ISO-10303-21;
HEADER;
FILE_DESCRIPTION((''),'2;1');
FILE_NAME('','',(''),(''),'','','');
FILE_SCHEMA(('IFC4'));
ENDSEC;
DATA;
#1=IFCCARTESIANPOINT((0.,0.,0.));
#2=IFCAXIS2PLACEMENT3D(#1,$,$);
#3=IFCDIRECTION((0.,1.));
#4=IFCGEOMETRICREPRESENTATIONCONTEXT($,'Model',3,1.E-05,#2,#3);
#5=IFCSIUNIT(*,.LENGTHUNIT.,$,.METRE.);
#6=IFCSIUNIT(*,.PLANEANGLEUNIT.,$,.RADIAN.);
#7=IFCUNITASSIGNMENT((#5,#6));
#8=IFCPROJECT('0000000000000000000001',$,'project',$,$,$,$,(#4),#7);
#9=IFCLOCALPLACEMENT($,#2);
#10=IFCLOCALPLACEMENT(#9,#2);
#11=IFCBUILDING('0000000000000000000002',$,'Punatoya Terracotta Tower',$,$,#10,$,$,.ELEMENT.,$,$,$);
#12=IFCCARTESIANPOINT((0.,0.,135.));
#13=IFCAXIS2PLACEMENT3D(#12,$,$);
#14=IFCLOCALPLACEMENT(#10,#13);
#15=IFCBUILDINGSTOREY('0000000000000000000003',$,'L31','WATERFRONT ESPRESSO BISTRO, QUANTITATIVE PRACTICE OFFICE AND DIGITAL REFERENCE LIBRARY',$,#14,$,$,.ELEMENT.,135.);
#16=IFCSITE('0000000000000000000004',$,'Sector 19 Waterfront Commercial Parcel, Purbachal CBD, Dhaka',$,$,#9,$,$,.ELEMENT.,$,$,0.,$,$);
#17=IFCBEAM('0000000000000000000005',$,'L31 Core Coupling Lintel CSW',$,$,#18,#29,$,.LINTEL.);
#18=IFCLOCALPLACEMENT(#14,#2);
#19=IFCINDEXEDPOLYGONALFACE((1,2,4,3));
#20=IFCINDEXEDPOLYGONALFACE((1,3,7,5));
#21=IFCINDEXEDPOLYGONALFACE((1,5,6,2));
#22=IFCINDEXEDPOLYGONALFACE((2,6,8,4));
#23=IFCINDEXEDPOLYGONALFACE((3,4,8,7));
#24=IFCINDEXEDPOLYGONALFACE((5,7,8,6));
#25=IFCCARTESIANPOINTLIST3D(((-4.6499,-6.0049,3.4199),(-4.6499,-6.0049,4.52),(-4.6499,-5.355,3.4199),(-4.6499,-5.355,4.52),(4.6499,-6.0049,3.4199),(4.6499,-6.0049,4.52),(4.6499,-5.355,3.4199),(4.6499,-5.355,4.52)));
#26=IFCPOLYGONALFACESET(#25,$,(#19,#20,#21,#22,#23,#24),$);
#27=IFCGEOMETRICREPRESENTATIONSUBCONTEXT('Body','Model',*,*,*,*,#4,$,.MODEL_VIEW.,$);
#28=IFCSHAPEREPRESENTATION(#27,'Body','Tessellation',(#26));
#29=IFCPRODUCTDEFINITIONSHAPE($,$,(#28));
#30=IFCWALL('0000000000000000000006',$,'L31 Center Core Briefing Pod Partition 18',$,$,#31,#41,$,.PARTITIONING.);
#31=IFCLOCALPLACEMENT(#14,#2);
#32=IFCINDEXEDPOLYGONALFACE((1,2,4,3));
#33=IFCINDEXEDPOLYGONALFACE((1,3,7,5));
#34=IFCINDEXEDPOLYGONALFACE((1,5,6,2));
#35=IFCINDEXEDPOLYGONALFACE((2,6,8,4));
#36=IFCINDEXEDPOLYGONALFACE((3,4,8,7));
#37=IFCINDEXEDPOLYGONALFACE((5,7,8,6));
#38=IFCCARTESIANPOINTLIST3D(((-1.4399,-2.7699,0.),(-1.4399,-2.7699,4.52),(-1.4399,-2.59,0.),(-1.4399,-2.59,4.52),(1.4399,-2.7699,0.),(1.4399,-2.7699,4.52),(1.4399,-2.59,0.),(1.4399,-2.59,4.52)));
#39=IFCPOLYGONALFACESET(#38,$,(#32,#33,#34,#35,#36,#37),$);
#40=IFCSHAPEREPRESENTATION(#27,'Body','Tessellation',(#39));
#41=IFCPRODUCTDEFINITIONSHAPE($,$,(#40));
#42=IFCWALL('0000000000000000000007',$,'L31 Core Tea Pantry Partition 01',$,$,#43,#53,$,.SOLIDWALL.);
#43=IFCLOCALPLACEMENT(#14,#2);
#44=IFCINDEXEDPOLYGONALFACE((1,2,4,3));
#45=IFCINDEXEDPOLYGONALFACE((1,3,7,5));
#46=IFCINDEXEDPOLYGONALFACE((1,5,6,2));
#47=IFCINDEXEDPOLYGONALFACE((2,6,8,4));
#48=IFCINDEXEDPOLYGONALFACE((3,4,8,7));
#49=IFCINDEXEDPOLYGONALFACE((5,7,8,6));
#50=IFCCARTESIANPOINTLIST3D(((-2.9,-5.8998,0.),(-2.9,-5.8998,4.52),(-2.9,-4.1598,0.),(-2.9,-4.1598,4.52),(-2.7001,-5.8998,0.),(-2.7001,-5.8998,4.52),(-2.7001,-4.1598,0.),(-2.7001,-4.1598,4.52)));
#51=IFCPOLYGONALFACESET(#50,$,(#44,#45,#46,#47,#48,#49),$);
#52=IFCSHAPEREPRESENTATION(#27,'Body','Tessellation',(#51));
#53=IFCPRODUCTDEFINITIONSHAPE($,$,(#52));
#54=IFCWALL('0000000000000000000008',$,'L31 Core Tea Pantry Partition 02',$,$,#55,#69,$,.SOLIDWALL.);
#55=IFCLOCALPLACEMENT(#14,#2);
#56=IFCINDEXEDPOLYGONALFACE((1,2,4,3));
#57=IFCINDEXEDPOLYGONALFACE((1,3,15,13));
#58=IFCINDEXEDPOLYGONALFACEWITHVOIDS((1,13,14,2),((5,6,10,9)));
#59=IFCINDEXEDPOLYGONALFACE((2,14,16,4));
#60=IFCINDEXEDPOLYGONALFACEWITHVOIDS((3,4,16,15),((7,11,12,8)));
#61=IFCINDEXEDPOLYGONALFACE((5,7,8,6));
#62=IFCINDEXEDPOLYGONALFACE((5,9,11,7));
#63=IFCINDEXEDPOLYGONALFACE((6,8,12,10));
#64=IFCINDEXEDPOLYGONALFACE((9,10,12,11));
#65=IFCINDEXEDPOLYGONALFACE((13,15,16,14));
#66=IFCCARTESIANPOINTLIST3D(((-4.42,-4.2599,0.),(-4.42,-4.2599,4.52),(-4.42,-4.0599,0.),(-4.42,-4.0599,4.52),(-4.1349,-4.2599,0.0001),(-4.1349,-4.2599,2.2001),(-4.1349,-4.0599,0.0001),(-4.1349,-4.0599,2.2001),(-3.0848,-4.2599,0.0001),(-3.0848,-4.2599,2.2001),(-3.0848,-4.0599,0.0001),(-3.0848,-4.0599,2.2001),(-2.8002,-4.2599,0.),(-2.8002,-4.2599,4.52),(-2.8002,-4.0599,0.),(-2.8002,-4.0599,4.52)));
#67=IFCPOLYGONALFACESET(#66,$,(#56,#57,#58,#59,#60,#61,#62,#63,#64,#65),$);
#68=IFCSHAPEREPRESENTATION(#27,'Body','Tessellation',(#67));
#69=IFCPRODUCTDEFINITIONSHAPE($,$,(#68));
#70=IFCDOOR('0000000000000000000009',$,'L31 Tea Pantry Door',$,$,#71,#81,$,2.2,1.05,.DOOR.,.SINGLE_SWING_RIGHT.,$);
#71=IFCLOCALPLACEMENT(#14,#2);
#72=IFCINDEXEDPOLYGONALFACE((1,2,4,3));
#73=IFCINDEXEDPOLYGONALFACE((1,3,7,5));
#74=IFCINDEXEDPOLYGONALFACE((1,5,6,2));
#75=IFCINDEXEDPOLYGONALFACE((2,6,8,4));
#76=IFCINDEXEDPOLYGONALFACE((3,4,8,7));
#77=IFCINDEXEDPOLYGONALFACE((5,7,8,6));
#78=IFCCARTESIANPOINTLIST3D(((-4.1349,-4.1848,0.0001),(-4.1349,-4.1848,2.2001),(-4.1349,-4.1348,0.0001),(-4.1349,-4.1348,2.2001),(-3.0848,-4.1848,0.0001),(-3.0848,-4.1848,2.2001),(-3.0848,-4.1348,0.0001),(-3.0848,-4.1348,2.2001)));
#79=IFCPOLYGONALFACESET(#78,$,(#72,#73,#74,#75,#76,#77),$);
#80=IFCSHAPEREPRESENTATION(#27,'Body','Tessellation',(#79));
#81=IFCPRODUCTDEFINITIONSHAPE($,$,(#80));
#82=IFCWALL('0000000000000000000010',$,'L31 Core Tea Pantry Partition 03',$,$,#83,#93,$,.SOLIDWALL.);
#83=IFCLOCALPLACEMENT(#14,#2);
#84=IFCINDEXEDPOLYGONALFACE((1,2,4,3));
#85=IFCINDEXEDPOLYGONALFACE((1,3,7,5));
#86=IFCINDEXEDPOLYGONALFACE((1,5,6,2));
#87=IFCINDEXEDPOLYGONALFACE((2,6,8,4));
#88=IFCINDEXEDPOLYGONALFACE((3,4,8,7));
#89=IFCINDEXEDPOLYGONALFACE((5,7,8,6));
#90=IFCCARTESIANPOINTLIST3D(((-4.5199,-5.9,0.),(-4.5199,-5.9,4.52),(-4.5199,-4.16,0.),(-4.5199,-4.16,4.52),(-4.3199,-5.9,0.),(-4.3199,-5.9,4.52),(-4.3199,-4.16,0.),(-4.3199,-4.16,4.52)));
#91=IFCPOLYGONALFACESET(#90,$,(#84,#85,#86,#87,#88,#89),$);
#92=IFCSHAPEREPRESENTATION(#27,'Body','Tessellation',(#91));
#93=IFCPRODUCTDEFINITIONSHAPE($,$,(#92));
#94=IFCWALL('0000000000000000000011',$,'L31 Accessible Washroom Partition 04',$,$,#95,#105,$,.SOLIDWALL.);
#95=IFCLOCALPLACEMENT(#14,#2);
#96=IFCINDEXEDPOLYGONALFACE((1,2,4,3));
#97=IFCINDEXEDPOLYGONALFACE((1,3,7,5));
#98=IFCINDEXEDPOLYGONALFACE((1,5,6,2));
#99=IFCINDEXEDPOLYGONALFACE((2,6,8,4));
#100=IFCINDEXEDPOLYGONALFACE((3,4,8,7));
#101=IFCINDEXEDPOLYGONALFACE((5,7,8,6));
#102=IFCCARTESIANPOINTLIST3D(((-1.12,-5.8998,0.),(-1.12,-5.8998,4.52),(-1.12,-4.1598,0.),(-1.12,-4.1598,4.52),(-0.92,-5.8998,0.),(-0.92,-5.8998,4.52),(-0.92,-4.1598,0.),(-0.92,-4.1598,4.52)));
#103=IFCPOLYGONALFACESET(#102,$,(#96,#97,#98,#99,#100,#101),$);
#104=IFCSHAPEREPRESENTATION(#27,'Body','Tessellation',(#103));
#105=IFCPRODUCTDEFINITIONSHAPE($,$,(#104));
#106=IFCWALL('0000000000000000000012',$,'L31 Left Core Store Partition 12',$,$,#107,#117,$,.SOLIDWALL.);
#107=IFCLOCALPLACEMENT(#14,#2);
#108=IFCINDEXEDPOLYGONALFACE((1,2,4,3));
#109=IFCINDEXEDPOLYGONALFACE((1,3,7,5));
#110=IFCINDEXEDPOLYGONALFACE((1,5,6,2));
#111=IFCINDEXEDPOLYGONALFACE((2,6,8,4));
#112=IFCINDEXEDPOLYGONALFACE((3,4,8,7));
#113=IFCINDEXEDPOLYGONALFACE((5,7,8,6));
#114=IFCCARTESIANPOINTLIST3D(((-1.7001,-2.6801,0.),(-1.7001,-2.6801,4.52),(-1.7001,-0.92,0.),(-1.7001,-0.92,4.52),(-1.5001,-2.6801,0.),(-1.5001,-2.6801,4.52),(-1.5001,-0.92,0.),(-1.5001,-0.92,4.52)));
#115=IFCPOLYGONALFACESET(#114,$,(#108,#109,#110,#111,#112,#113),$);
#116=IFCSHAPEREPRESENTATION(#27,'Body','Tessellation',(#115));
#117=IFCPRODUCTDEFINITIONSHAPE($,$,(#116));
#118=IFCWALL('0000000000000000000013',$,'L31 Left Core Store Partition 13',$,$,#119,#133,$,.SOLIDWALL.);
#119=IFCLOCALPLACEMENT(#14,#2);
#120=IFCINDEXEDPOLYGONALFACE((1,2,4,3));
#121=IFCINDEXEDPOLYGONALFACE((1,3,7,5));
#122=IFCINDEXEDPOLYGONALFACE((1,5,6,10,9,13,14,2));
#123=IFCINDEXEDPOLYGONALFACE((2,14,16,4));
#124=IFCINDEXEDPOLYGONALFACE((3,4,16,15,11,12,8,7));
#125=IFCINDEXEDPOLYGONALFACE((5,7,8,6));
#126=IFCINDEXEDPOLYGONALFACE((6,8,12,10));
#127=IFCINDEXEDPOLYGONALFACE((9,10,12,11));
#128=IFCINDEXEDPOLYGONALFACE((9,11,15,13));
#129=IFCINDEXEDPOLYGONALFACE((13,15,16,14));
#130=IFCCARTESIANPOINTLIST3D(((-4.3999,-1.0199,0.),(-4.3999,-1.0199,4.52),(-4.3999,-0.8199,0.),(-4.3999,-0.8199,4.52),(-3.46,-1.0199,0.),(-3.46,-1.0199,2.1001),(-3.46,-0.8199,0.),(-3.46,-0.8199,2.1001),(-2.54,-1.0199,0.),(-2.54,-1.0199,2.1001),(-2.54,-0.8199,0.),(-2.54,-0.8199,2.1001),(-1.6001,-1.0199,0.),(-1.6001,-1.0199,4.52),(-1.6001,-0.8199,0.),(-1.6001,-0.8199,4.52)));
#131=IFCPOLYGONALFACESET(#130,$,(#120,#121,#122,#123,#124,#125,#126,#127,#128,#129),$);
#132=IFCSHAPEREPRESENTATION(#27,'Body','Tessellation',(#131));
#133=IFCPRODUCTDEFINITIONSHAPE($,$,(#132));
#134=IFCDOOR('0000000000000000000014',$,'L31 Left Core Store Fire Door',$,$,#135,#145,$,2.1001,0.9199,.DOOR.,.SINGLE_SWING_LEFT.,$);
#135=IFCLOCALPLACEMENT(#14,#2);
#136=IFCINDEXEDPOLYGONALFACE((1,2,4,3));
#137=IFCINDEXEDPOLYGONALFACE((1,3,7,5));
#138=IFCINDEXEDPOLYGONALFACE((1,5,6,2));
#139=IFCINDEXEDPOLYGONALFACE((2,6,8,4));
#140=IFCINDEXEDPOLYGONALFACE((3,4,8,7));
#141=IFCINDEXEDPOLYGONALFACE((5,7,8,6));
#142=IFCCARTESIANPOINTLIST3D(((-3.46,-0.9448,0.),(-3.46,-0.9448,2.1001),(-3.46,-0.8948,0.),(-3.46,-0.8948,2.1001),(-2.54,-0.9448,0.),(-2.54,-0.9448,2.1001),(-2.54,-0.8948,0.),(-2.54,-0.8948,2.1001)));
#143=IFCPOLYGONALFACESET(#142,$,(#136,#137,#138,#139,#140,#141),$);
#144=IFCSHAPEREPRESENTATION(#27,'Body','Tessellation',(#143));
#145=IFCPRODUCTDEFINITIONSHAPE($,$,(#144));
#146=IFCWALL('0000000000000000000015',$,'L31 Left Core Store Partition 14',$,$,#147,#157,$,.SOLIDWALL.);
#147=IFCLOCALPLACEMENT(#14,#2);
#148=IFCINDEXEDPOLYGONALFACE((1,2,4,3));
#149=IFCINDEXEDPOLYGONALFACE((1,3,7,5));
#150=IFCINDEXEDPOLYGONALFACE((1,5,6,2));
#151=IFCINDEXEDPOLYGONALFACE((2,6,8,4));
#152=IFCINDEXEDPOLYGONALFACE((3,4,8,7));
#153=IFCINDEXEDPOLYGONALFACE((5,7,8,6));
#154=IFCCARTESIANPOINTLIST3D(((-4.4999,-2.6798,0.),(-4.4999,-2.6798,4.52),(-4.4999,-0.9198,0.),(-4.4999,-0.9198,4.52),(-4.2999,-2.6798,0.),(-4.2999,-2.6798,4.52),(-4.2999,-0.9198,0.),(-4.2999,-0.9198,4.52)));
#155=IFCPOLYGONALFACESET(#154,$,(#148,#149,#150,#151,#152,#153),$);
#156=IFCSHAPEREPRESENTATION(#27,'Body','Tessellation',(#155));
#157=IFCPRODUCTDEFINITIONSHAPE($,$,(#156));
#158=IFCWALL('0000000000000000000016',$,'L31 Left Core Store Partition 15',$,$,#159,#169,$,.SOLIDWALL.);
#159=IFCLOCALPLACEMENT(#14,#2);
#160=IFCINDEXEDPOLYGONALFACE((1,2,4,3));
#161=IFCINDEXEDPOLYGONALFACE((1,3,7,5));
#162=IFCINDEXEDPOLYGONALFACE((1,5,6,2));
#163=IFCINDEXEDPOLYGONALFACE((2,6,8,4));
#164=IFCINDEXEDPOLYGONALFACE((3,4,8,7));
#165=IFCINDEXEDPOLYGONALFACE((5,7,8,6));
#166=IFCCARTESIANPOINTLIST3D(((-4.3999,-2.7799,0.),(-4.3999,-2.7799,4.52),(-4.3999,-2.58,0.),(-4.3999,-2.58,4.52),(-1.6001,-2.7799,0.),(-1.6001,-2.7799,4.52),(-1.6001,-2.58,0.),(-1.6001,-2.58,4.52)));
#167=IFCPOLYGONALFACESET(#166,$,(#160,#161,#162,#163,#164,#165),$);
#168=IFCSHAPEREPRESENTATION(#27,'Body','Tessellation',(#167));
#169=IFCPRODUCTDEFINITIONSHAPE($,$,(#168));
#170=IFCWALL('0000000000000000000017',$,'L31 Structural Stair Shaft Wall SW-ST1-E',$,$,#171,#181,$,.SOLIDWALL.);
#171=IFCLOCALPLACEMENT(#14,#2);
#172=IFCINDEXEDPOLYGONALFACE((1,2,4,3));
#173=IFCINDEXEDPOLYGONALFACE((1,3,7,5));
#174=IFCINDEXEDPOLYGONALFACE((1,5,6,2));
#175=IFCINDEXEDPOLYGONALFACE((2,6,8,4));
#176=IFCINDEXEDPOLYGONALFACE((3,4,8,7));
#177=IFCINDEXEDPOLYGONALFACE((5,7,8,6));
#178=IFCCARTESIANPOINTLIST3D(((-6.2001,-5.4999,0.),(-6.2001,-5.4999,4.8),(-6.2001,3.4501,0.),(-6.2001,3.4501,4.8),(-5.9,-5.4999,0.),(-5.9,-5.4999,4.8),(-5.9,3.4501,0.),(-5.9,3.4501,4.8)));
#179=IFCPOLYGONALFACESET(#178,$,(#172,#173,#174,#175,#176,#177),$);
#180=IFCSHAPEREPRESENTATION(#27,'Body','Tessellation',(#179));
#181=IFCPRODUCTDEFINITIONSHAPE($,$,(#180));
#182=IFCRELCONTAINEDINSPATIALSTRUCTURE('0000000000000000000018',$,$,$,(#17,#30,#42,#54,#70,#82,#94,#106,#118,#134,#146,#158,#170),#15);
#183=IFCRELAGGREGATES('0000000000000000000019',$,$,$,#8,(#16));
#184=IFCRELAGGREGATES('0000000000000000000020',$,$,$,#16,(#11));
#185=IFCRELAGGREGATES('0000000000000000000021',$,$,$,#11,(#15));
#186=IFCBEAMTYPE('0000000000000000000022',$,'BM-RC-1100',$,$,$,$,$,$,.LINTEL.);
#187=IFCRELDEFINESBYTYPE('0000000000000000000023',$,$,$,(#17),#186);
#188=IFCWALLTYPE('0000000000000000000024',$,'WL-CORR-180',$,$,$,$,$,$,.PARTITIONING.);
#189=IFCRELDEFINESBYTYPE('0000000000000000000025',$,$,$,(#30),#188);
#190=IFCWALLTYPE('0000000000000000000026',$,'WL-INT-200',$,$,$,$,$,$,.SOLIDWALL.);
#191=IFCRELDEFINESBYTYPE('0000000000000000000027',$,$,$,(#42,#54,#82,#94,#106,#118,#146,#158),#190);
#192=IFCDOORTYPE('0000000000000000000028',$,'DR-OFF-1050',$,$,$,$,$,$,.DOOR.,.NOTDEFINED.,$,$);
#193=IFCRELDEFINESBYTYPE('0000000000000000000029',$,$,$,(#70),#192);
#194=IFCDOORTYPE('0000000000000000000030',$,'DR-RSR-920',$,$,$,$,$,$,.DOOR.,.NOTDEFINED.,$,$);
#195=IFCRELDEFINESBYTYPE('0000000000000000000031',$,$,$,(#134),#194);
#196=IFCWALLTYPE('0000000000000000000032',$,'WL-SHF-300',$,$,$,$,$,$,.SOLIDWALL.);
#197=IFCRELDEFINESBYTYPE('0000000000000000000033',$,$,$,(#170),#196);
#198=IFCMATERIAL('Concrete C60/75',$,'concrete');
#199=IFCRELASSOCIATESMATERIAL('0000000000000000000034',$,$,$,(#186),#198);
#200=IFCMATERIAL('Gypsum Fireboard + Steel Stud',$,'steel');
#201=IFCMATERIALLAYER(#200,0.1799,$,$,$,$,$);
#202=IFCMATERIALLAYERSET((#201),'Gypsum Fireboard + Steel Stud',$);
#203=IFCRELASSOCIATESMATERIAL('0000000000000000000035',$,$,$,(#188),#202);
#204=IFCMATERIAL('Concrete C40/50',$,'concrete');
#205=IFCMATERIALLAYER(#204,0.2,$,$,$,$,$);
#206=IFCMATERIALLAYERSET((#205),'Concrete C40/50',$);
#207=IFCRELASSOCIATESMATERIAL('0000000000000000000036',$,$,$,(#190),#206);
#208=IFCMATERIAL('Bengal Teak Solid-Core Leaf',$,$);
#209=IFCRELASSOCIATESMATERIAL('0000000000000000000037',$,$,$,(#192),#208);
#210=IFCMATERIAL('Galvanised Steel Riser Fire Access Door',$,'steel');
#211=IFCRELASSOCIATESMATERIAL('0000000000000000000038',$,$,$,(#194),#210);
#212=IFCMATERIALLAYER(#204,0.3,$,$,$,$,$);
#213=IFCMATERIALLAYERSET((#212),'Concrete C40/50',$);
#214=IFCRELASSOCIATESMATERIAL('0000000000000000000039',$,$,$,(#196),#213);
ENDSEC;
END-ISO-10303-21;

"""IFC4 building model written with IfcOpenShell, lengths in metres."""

from ifc_helpers import new_model, si_unit, direction, frame, frame_2d, origin, origin_2d, place, context, subcontext, project, spatial, rectangle, extrude, material, layer, layer_set, material_profile, profile_set, type_object, element, fill, save


model = new_model("IFC4")

# Units and contexts
model_context = context("Model", 3, precision=1e-05, world=origin(), true_north=direction((0.0, 1.0)))
body_context = subcontext(model_context, "Body", "Model", "MODEL_VIEW")
ifc_project = project(units=[si_unit("LENGTHUNIT", "METRE"), si_unit("PLANEANGLEUNIT", "RADIAN")], contexts=[model_context])

# Site, building, storey
site_placement = place(None, origin())
site = spatial("IfcSite", under=ifc_project, at=site_placement, Name="Sector 19 Waterfront Commercial Parcel, Purbachal CBD, Dhaka", CompositionType="ELEMENT", RefElevation=0.0)
building_placement = place(site_placement, origin())
building = spatial("IfcBuilding", under=site, at=building_placement, Name="Punatoya Terracotta Tower", CompositionType="ELEMENT")
storey_placement = place(building_placement, frame((0.0, 0.0, 135.0)))
storey = spatial("IfcBuildingStorey", under=building, at=storey_placement, Name="L31", Description="WATERFRONT ESPRESSO BISTRO, QUANTITATIVE PRACTICE OFFICE AND DIGITAL REFERENCE LIBRARY", CompositionType="ELEMENT", Elevation=135.0)

# Beam
ifc_material_1 = material(Name="Concrete C60/75", Category="concrete")
ifc_material_profile = material_profile(ifc_material_1, rectangle(XDim=0.6499, YDim=1.1001, at=origin_2d()))
ifc_profile_set = profile_set([ifc_material_profile], Name="Concrete C60/75")
beam_type = type_object("IfcBeamType", Name="BM-RC-1100", PredefinedType="LINTEL", material=ifc_profile_set)
beam_placement = place(storey_placement, frame((-4.6499, -5.6799, 3.97), z_axis=(1.0, 0.0, 0.0), x_axis=(0.0, 1.0, 0.0)))
element("IfcBeam", 1, at=beam_placement, inside=storey, type_object=beam_type, Name="L31 Core Coupling Lintel CSW", PredefinedType="LINTEL", context=body_context, shape_type="SweptSolid", body=[
    extrude(rectangle(XDim=0.6499, YDim=1.1001, at=origin_2d()), origin(), (0.0, 0.0, 1.0), 9.2998),
])

# Walls
ifc_material_2 = material(Name="Gypsum Fireboard + Steel Stud", Category="steel")
ifc_layer_1 = layer(ifc_material_2, 0.1799)
ifc_layer_set_1 = layer_set([ifc_layer_1], Name="Gypsum Fireboard + Steel Stud")
wall_type_1 = type_object("IfcWallType", Name="WL-CORR-180", PredefinedType="PARTITIONING", material=ifc_layer_set_1)
wall_1_placement = place(storey_placement, frame((-1.4399, -2.6799, 0.0), z_axis=(0.0, 0.0, 1.0), x_axis=(1.0, 0.0, 0.0)))
element("IfcWall", 2, at=wall_1_placement, inside=storey, type_object=wall_type_1, Name="L31 Center Core Briefing Pod Partition 18", PredefinedType="PARTITIONING", context=body_context, shape_type="SweptSolid", body=[
    extrude(rectangle(XDim=2.8799, YDim=0.1799, at=frame_2d((1.4399, 0.0))), origin(), (0.0, 0.0, 1.0), 4.52),
])
ifc_material_3 = material(Name="Concrete C40/50", Category="concrete")
ifc_layer_2 = layer(ifc_material_3, 0.2)
ifc_layer_set_2 = layer_set([ifc_layer_2], Name="Concrete C40/50")
wall_type_2 = type_object("IfcWallType", Name="WL-INT-200", PredefinedType="SOLIDWALL", material=ifc_layer_set_2)
wall_2_placement = place(storey_placement, frame((-2.8, -5.8999, 0.0), z_axis=(0.0, 0.0, 1.0), x_axis=(0.0, 1.0, 0.0)))
element("IfcWall", 3, at=wall_2_placement, inside=storey, type_object=wall_type_2, Name="L31 Core Tea Pantry Partition 01", PredefinedType="SOLIDWALL", context=body_context, shape_type="SweptSolid", body=[
    extrude(rectangle(XDim=1.74, YDim=0.2, at=frame_2d((0.8701, 0.0))), origin(), (0.0, 0.0, 1.0), 4.52),
])

# Wall, opening, door
wall_3_placement = place(storey_placement, frame((-2.8, -4.1599, 0.0), z_axis=(0.0, 0.0, 1.0), x_axis=(-1.0, 0.0, 0.0)))
wall_3 = element("IfcWall", 4, at=wall_3_placement, inside=storey, type_object=wall_type_2, Name="L31 Core Tea Pantry Partition 02", PredefinedType="SOLIDWALL", context=body_context, shape_type="SweptSolid", body=[
    extrude(rectangle(XDim=1.6199, YDim=0.2, at=frame_2d((0.8101, 0.0))), origin(), (0.0, 0.0, 1.0), 4.52),
])
opening_1_placement = place(wall_3_placement, frame((0.2849, 0.0, 0.0)))
opening_1 = element("IfcOpeningElement", 5, at=opening_1_placement, cuts=wall_3, PredefinedType="OPENING", context=body_context, shape_type="SweptSolid", body=[
    extrude(rectangle(XDim=1.05, YDim=2.2, at=frame_2d((0.5249, 1.1001))), frame((0.0, 0.1099, 0.0), z_axis=(0.0, -1.0, 0.0), x_axis=(1.0, 0.0, 0.0)), (0.0, 0.0, 1.0), 0.22),
])
ifc_material_4 = material(Name="Bengal Teak Solid-Core Leaf")
door_type_1 = type_object("IfcDoorType", Name="DR-OFF-1050", OperationType="NOTDEFINED", PredefinedType="DOOR", material=ifc_material_4)
door_1_placement = place(opening_1_placement, origin())
door_1 = element("IfcDoor", 6, at=door_1_placement, inside=storey, type_object=door_type_1, Name="L31 Tea Pantry Door", OperationType="SINGLE_SWING_RIGHT", OverallHeight=2.2, OverallWidth=1.05, PredefinedType="DOOR", context=body_context, shape_type="SweptSolid", body=[
    extrude(rectangle(XDim=1.05, YDim=2.2, at=frame_2d((0.5249, 1.1001))), frame((0.0, 0.0249, 0.0), z_axis=(0.0, -1.0, 0.0), x_axis=(1.0, 0.0, 0.0)), (0.0, 0.0, 1.0), 0.05),
])
fill(opening_1, door_1)

# Walls
for number, where, z_axis, x_axis, name in (
    (7, (-4.4199, -4.1599, 0.0), (0.0, 0.0, 1.0), (0.0, -1.0, 0.0), "L31 Core Tea Pantry Partition 03"),
    (8, (-1.02, -5.8999, 0.0), (0.0, 0.0, 1.0), (0.0, 1.0, 0.0), "L31 Accessible Washroom Partition 04"),
):
    element("IfcWall", number, at=place(storey_placement, frame(where, z_axis=z_axis, x_axis=x_axis)), inside=storey, type_object=wall_type_2, Name=name, PredefinedType="SOLIDWALL", context=body_context, shape_type="SweptSolid", body=[
        extrude(rectangle(XDim=1.74, YDim=0.2, at=frame_2d((0.8701, 0.0))), origin(), (0.0, 0.0, 1.0), 4.52),
    ])

# Wall
wall_4_placement = place(storey_placement, frame((-1.6001, -2.6799, 0.0), z_axis=(0.0, 0.0, 1.0), x_axis=(0.0, 1.0, 0.0)))
element("IfcWall", 9, at=wall_4_placement, inside=storey, type_object=wall_type_2, Name="L31 Left Core Store Partition 12", PredefinedType="SOLIDWALL", context=body_context, shape_type="SweptSolid", body=[
    extrude(rectangle(XDim=1.76, YDim=0.2, at=frame_2d((0.8799, 0.0))), origin(), (0.0, 0.0, 1.0), 4.52),
])

# Wall, opening, door
wall_5_placement = place(storey_placement, frame((-1.6001, -0.9199, 0.0), z_axis=(0.0, 0.0, 1.0), x_axis=(-1.0, 0.0, 0.0)))
wall_5 = element("IfcWall", 10, at=wall_5_placement, inside=storey, type_object=wall_type_2, Name="L31 Left Core Store Partition 13", PredefinedType="SOLIDWALL", context=body_context, shape_type="SweptSolid", body=[
    extrude(rectangle(XDim=2.7998, YDim=0.2, at=frame_2d((1.3999, 0.0))), origin(), (0.0, 0.0, 1.0), 4.52),
])
opening_2_placement = place(wall_5_placement, frame((0.9399, 0.0, 0.0)))
opening_2 = element("IfcOpeningElement", 11, at=opening_2_placement, cuts=wall_5, PredefinedType="OPENING", context=body_context, shape_type="SweptSolid", body=[
    extrude(rectangle(XDim=0.9199, YDim=2.1001, at=frame_2d((0.46, 1.05))), frame((0.0, 0.1099, 0.0), z_axis=(0.0, -1.0, 0.0), x_axis=(1.0, 0.0, 0.0)), (0.0, 0.0, 1.0), 0.22),
])
ifc_material_5 = material(Name="Galvanised Steel Riser Fire Access Door", Category="steel")
door_type_2 = type_object("IfcDoorType", Name="DR-RSR-920", OperationType="NOTDEFINED", PredefinedType="DOOR", material=ifc_material_5)
door_2_placement = place(opening_2_placement, origin())
door_2 = element("IfcDoor", 12, at=door_2_placement, inside=storey, type_object=door_type_2, Name="L31 Left Core Store Fire Door", OperationType="SINGLE_SWING_LEFT", OverallHeight=2.1001, OverallWidth=0.9199, PredefinedType="DOOR", context=body_context, shape_type="SweptSolid", body=[
    extrude(rectangle(XDim=0.9199, YDim=2.1001, at=frame_2d((0.46, 1.05))), frame((0.0, 0.0249, 0.0), z_axis=(0.0, -1.0, 0.0), x_axis=(1.0, 0.0, 0.0)), (0.0, 0.0, 1.0), 0.05),
])
fill(opening_2, door_2)

# Walls
wall_6_placement = place(storey_placement, frame((-4.3999, -0.9199, 0.0), z_axis=(0.0, 0.0, 1.0), x_axis=(0.0, -1.0, 0.0)))
element("IfcWall", 13, at=wall_6_placement, inside=storey, type_object=wall_type_2, Name="L31 Left Core Store Partition 14", PredefinedType="SOLIDWALL", context=body_context, shape_type="SweptSolid", body=[
    extrude(rectangle(XDim=1.76, YDim=0.2, at=frame_2d((0.8799, 0.0))), origin(), (0.0, 0.0, 1.0), 4.52),
])
wall_7_placement = place(storey_placement, frame((-4.3999, -2.6799, 0.0), z_axis=(0.0, 0.0, 1.0), x_axis=(1.0, 0.0, 0.0)))
element("IfcWall", 14, at=wall_7_placement, inside=storey, type_object=wall_type_2, Name="L31 Left Core Store Partition 15", PredefinedType="SOLIDWALL", context=body_context, shape_type="SweptSolid", body=[
    extrude(rectangle(XDim=2.7998, YDim=0.2, at=frame_2d((1.3999, 0.0))), origin(), (0.0, 0.0, 1.0), 4.52),
])
ifc_layer_3 = layer(ifc_material_3, 0.3)
ifc_layer_set_3 = layer_set([ifc_layer_3], Name="Concrete C40/50")
wall_type_3 = type_object("IfcWallType", Name="WL-SHF-300", PredefinedType="SOLIDWALL", material=ifc_layer_set_3)
wall_8_placement = place(storey_placement, frame((-6.05, -5.5, 0.0), z_axis=(0.0, 0.0, 1.0), x_axis=(0.0, 1.0, 0.0)))
element("IfcWall", 15, at=wall_8_placement, inside=storey, type_object=wall_type_3, Name="L31 Structural Stair Shaft Wall SW-ST1-E", PredefinedType="SOLIDWALL", context=body_context, shape_type="SweptSolid", body=[
    extrude(rectangle(XDim=8.95, YDim=0.3, at=frame_2d((4.4751, 0.0))), origin(), (0.0, 0.0, 1.0), 4.8),
])

save(model, "model.ifc")
